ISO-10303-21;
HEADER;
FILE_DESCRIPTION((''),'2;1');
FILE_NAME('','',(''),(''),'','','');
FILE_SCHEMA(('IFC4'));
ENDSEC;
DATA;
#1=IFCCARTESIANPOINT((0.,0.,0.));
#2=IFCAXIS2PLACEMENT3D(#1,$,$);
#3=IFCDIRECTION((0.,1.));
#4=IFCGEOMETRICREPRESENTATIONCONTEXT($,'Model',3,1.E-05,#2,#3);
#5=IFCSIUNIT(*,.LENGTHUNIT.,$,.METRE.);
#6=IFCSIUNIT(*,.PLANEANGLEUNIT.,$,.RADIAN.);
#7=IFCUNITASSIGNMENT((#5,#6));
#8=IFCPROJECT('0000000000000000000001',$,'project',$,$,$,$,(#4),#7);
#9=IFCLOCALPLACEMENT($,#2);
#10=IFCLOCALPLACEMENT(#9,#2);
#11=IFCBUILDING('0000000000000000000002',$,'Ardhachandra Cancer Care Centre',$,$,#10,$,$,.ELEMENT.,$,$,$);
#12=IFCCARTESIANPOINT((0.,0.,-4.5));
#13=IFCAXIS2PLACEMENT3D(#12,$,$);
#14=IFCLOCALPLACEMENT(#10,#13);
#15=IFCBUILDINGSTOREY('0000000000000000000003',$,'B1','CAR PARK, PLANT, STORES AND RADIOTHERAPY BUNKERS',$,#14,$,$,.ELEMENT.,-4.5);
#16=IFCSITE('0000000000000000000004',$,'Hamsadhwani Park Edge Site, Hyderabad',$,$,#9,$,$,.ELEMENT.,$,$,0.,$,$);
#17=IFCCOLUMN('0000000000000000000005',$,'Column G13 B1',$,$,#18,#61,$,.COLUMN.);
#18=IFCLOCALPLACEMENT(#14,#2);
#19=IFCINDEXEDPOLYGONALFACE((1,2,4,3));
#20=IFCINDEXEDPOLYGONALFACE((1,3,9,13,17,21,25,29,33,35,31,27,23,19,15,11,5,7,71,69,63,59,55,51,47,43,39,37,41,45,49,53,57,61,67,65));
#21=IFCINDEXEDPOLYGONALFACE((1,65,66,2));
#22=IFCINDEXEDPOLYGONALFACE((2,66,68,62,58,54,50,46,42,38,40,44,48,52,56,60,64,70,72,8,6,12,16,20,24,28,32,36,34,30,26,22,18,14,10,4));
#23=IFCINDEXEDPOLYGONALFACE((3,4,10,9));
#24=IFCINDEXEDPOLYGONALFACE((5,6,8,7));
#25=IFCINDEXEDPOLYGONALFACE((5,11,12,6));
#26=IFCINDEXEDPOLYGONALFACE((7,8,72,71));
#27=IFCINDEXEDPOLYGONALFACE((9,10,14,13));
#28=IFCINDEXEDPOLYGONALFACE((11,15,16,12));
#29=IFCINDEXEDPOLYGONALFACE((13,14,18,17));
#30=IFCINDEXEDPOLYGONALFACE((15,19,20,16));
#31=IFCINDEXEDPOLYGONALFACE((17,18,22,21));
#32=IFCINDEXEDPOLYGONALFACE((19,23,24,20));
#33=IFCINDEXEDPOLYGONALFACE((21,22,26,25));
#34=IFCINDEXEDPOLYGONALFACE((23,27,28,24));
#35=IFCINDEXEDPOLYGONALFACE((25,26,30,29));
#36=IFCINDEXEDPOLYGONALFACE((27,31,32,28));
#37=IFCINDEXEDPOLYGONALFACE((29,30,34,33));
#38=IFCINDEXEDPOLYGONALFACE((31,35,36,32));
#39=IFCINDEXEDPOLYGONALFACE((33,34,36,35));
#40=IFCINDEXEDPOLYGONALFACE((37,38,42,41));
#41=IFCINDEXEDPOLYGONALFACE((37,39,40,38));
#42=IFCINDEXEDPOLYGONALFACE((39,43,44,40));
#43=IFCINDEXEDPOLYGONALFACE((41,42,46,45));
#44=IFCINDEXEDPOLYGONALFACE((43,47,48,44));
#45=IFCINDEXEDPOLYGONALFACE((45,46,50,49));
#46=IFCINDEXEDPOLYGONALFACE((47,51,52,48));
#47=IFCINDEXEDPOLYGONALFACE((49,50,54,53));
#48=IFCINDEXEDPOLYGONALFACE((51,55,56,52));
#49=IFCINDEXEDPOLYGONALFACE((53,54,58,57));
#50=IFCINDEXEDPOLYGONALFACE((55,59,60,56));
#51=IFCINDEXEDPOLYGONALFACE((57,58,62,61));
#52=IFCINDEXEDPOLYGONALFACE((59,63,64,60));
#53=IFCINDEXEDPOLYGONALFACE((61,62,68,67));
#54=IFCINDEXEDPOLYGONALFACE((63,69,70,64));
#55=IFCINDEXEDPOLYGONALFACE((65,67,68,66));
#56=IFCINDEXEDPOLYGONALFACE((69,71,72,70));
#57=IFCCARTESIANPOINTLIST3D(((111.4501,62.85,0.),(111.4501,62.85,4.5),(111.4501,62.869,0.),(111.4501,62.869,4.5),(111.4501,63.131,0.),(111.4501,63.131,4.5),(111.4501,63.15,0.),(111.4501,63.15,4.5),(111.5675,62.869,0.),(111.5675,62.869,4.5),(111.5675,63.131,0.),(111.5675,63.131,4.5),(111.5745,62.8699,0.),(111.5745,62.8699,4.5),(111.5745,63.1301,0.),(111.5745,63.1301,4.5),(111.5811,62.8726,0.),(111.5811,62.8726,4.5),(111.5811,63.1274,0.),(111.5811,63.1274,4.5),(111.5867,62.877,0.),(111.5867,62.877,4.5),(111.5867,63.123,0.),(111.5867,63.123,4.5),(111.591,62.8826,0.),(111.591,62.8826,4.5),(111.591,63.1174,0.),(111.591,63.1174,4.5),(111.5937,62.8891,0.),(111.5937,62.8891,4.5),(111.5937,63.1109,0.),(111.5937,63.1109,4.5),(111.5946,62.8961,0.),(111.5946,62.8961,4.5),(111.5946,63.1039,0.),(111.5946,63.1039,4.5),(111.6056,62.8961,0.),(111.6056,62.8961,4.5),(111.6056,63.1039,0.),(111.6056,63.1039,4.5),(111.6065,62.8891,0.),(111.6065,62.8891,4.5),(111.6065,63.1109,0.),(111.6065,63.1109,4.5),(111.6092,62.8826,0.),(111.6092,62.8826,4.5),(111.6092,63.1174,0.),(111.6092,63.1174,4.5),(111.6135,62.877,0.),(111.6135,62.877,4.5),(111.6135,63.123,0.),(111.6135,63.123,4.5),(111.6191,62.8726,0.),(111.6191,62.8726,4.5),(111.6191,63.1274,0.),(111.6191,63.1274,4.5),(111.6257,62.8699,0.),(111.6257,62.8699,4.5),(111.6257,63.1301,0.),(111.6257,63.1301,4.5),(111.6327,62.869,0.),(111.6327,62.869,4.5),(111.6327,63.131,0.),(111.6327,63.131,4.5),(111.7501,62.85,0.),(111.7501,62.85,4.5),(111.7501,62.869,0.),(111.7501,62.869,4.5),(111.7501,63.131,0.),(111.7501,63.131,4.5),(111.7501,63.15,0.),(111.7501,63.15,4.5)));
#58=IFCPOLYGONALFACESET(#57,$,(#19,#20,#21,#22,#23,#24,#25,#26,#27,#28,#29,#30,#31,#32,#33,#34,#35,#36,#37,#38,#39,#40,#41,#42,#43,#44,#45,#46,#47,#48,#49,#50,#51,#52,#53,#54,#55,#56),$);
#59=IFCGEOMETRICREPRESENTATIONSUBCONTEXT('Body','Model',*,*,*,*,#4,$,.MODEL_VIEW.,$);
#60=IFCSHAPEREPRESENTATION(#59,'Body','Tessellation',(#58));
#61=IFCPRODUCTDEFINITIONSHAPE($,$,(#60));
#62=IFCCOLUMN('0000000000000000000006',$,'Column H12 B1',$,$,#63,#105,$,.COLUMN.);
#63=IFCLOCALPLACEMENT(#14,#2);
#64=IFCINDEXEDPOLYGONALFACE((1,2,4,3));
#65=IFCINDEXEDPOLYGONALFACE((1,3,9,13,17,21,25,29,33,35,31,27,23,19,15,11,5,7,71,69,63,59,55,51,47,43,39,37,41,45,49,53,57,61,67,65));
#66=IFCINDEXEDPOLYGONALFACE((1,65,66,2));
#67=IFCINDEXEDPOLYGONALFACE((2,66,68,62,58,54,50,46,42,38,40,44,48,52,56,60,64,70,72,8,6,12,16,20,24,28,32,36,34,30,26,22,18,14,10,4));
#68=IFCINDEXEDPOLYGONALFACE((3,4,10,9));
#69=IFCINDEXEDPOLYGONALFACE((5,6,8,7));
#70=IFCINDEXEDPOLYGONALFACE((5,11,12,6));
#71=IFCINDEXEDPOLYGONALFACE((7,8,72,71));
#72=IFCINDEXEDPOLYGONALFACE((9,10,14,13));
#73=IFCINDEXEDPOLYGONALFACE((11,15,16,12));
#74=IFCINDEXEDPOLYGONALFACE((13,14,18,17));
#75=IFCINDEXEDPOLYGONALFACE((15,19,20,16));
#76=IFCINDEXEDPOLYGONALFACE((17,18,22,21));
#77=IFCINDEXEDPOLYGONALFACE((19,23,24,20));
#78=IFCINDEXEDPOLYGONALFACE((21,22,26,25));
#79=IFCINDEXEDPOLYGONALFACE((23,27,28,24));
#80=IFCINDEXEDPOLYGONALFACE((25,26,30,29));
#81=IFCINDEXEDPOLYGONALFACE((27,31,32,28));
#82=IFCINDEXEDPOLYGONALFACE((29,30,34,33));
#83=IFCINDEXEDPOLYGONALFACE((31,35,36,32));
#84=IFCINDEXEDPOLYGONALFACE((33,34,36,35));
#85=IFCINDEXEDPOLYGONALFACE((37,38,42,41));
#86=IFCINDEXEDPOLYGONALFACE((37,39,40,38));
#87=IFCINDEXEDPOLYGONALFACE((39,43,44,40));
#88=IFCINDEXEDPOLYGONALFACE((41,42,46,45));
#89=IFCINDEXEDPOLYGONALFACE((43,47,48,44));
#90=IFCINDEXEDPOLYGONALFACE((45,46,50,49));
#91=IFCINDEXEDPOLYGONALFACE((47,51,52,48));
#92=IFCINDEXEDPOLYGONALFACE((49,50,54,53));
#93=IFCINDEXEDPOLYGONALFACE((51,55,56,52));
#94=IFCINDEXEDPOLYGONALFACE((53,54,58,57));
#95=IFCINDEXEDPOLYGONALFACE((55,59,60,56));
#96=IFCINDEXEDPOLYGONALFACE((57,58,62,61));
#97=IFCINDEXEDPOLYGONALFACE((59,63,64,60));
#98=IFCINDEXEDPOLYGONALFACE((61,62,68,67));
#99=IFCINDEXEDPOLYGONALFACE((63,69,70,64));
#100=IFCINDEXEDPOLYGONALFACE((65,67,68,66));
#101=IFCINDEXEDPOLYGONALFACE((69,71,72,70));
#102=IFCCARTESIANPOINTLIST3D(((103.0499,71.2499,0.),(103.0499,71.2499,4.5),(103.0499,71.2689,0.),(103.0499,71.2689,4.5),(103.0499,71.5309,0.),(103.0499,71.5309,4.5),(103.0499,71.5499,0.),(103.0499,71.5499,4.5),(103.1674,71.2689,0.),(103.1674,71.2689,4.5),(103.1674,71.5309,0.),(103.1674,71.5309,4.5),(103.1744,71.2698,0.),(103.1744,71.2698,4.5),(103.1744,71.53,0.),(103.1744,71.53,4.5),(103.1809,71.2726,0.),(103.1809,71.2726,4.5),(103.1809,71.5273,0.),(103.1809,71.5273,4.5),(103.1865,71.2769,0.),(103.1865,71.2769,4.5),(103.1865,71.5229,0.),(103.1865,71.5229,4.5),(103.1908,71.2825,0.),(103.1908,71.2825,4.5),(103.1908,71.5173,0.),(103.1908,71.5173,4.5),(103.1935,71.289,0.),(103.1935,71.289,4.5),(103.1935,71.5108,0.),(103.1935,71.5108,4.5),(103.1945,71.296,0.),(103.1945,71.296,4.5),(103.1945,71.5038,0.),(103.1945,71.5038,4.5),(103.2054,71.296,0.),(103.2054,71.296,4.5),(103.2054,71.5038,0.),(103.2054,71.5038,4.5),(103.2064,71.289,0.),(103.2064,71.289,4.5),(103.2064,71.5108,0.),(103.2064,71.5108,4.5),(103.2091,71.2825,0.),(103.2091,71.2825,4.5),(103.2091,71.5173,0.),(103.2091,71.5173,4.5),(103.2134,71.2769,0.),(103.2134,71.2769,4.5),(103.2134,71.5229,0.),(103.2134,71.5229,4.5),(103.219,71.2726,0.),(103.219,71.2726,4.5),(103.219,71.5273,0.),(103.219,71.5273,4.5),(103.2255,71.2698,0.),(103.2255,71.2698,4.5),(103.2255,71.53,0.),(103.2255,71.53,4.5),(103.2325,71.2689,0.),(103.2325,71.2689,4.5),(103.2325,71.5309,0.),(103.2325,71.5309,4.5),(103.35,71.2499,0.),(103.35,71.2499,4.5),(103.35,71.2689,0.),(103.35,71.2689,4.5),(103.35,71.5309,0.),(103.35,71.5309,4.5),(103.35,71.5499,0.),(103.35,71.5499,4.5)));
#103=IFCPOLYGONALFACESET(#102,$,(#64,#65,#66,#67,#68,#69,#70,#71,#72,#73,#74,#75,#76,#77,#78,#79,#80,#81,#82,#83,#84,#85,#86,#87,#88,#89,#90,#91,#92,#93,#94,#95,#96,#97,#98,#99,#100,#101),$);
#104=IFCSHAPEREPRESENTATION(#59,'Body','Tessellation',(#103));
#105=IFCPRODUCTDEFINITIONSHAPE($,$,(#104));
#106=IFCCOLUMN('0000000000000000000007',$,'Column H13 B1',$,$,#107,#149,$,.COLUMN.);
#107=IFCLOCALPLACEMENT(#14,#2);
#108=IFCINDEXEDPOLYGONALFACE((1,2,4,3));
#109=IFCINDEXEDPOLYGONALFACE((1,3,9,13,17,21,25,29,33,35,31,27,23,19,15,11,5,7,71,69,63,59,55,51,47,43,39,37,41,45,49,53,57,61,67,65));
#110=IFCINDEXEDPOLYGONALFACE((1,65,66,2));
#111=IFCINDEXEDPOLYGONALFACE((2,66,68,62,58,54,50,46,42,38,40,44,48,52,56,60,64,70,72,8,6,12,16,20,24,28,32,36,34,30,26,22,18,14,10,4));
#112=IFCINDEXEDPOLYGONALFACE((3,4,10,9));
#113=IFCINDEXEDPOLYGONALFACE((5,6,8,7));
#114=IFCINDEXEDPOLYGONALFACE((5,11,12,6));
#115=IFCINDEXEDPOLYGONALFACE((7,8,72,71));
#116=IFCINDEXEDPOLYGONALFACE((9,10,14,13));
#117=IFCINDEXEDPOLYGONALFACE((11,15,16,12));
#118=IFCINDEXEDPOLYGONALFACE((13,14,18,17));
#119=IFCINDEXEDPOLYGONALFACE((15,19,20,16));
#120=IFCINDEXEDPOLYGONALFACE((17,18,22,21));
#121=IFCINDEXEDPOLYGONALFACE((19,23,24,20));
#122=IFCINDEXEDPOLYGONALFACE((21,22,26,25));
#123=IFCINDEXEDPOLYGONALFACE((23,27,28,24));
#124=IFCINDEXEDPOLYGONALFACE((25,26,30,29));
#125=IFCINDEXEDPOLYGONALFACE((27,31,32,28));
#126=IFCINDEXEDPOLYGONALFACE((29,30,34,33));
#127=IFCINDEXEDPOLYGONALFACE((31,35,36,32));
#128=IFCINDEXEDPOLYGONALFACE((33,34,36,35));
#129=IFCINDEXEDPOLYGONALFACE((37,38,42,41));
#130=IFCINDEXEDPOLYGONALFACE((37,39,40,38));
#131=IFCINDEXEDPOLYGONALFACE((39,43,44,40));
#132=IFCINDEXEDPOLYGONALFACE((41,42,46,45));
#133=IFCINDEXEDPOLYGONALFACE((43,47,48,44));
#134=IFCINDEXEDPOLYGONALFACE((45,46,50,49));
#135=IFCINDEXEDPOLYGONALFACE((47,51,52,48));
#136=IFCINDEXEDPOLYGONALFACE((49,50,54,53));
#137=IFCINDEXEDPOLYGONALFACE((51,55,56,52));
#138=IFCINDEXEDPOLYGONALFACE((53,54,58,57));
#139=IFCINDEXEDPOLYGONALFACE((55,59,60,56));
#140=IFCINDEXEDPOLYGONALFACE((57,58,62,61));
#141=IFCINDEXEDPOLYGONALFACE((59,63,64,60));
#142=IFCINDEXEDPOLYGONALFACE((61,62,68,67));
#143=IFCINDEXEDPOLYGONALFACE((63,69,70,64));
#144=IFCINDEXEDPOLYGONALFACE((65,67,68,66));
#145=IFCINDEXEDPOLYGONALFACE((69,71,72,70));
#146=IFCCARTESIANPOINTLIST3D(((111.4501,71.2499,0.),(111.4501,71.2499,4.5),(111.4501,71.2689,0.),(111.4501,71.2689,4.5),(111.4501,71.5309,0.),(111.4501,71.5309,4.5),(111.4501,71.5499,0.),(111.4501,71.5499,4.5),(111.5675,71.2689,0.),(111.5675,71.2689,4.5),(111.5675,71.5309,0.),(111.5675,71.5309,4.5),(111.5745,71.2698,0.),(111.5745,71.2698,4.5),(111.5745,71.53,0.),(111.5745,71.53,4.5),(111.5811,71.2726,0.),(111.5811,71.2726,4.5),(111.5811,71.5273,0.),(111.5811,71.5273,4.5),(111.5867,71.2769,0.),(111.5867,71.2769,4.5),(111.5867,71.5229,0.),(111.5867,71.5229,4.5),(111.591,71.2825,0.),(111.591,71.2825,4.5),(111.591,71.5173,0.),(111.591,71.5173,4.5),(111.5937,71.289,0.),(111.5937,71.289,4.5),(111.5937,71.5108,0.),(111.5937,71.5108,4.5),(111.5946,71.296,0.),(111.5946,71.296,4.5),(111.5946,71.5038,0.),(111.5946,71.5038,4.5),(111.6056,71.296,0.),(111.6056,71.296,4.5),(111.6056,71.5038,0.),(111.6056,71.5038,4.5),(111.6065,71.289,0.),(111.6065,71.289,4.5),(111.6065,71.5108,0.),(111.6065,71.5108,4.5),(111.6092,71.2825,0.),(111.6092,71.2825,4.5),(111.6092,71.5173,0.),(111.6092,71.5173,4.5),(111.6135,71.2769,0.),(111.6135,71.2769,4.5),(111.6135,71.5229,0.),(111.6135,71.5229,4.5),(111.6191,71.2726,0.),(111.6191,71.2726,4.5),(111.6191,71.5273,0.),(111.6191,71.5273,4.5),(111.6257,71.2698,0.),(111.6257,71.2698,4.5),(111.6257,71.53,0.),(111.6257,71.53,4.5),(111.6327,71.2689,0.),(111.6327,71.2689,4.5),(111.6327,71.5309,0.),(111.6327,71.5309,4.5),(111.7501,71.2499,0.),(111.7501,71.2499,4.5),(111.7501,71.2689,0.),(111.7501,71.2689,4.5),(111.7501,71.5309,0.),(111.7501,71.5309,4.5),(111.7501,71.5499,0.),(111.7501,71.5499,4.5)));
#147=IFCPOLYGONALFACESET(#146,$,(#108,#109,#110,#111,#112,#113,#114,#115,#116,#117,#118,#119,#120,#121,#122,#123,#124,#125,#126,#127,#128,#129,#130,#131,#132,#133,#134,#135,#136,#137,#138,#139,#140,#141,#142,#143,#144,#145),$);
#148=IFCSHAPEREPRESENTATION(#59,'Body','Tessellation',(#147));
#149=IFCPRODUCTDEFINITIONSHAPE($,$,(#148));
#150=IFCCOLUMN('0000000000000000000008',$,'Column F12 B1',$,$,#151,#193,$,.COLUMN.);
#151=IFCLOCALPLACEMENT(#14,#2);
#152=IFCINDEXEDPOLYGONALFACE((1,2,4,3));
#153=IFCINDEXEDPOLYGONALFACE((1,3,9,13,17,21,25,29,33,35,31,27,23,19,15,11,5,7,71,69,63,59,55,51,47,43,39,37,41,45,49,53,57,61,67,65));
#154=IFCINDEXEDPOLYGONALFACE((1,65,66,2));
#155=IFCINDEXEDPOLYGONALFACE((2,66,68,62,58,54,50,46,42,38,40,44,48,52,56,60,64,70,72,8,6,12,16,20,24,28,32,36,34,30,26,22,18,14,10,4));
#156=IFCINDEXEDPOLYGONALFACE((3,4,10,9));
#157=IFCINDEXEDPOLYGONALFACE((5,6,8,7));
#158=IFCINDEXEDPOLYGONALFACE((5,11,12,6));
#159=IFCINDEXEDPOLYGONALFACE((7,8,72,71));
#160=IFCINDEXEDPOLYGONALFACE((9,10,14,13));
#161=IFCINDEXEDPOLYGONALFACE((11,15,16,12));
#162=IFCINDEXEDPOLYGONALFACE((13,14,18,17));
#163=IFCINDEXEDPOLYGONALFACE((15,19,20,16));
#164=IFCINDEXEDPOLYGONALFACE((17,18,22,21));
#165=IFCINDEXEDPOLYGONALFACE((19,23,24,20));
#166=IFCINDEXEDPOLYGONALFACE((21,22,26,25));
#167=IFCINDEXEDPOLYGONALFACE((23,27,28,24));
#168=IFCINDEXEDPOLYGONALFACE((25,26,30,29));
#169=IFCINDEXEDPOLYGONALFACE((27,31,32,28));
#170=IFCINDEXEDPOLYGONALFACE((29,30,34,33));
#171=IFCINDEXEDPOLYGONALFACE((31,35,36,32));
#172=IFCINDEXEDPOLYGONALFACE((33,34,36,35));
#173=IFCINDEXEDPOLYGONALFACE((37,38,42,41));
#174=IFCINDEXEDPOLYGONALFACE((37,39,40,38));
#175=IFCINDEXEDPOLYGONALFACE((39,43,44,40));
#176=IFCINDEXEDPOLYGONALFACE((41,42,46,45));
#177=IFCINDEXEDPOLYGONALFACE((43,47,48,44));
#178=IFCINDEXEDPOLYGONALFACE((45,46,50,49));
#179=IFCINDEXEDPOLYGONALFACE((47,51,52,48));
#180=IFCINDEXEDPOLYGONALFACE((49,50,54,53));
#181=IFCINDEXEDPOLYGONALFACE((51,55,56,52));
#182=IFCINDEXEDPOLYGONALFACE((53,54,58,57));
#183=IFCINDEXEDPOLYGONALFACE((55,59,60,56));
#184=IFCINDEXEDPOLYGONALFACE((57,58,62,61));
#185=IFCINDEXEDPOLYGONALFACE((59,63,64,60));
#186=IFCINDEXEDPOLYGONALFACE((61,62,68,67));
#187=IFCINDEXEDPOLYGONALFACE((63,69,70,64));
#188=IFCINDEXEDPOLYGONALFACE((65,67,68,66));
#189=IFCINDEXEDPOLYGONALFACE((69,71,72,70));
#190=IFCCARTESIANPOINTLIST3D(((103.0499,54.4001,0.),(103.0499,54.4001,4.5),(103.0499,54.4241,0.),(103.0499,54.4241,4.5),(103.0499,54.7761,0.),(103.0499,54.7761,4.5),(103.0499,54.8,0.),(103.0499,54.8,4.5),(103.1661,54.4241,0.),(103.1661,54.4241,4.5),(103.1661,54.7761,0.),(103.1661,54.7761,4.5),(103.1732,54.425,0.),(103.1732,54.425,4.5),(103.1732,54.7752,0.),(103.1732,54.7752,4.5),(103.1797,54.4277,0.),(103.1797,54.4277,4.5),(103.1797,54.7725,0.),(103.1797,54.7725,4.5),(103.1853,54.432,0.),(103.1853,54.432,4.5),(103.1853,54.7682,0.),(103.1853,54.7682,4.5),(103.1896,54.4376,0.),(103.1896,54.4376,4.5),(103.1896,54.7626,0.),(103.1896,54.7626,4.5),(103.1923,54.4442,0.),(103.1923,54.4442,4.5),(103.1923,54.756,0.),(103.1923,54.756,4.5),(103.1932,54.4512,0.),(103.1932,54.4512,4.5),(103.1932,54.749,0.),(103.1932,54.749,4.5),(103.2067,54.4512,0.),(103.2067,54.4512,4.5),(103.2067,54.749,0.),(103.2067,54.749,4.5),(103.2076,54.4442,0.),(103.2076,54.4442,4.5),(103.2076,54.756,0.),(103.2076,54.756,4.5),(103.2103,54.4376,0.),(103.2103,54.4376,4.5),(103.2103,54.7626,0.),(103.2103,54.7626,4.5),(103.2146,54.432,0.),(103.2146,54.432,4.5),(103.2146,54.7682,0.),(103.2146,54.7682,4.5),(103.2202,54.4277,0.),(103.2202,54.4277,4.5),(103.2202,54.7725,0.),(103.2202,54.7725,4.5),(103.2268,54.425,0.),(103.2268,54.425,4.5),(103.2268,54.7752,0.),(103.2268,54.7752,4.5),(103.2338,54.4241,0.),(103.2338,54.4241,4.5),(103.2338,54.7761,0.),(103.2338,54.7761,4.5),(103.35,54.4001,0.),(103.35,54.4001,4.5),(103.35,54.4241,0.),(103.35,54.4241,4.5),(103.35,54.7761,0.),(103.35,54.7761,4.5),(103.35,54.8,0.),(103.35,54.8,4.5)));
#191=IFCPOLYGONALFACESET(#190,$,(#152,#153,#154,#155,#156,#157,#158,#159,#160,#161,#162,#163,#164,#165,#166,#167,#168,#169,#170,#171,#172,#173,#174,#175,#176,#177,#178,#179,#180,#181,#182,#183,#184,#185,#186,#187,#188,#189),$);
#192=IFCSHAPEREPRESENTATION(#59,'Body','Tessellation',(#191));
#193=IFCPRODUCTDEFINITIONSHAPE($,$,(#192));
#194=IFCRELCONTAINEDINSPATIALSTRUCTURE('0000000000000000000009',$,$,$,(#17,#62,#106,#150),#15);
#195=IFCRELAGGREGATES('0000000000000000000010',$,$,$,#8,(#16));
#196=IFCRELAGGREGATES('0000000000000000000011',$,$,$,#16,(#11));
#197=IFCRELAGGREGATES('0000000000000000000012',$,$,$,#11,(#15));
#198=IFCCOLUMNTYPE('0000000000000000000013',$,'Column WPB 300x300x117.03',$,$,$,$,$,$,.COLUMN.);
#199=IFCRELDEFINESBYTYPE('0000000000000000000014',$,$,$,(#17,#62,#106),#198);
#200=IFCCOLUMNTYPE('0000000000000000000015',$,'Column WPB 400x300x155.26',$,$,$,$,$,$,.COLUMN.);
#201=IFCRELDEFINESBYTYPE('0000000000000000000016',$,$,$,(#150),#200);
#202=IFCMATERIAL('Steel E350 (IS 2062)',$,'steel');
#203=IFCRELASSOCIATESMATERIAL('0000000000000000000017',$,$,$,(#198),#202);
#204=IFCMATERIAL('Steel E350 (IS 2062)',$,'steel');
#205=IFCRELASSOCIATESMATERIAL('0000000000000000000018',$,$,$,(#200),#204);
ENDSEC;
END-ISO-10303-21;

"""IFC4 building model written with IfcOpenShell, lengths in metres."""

from ifc_helpers import new_model, si_unit, direction, frame, origin, origin_2d, place, context, subcontext, project, spatial, i_section, extrude, material, material_profile, profile_set, type_object, element, save


model = new_model("IFC4")

# Units and contexts
model_context = context("Model", 3, precision=1e-05, world=origin(), true_north=direction((0.0, 1.0)))
body_context = subcontext(model_context, "Body", "Model", "MODEL_VIEW")
ifc_project = project(units=[si_unit("LENGTHUNIT", "METRE"), si_unit("PLANEANGLEUNIT", "RADIAN")], contexts=[model_context])

# Site, building, storey
site_placement = place(None, origin())
site = spatial("IfcSite", under=ifc_project, at=site_placement, Name="Hamsadhwani Park Edge Site, Hyderabad", CompositionType="ELEMENT", RefElevation=0.0)
building_placement = place(site_placement, origin())
building = spatial("IfcBuilding", under=site, at=building_placement, Name="Ardhachandra Cancer Care Centre", CompositionType="ELEMENT")
storey_placement = place(building_placement, frame((0.0, 0.0, -4.5)))
storey = spatial("IfcBuildingStorey", under=building, at=storey_placement, Name="B1", Description="CAR PARK, PLANT, STORES AND RADIOTHERAPY BUNKERS", CompositionType="ELEMENT", Elevation=-4.5)

# Columns
ifc_material_1 = material(Name="Steel E350 (IS 2062)", Category="steel")
ifc_material_profile_1 = material_profile(ifc_material_1, i_section(OverallWidth=0.3, OverallDepth=0.3, WebThickness=0.011, FlangeThickness=0.019, FilletRadius=0.0271, at=origin_2d()), Name="WPB 300x300x117.03")
ifc_profile_set_1 = profile_set([ifc_material_profile_1], Name="Steel E350 (IS 2062)")
column_type_1 = type_object("IfcColumnType", Name="Column WPB 300x300x117.03", PredefinedType="COLUMN", material=ifc_profile_set_1)
for number, where, z_axis, x_axis, name in (
    (1, (111.6001, 63.0, 0.0), (0.0, 0.0, 1.0), (1.0, 0.0, 0.0), "Column G13 B1"),
    (2, (103.2, 71.3999, 0.0), (0.0, 0.0, 1.0), (1.0, 0.0, 0.0), "Column H12 B1"),
    (3, (111.6001, 71.3999, 0.0), (0.0, 0.0, 1.0), (1.0, 0.0, 0.0), "Column H13 B1"),
):
    element("IfcColumn", number, at=place(storey_placement, frame(where, z_axis=z_axis, x_axis=x_axis)), inside=storey, type_object=column_type_1, Name=name, PredefinedType="COLUMN", context=body_context, shape_type="SweptSolid", body=[
        extrude(i_section(OverallWidth=0.3, OverallDepth=0.3, WebThickness=0.011, FlangeThickness=0.019, FilletRadius=0.0271, at=origin_2d()), origin(), (0.0, 0.0, 1.0), 4.5),
    ])
ifc_material_2 = material(Name="Steel E350 (IS 2062)", Category="steel")
ifc_material_profile_2 = material_profile(ifc_material_2, i_section(OverallWidth=0.3, OverallDepth=0.3999, WebThickness=0.0134, FlangeThickness=0.0239, FilletRadius=0.0271, at=origin_2d()), Name="WPB 400x300x155.26")
ifc_profile_set_2 = profile_set([ifc_material_profile_2], Name="Steel E350 (IS 2062)")
column_type_2 = type_object("IfcColumnType", Name="Column WPB 400x300x155.26", PredefinedType="COLUMN", material=ifc_profile_set_2)
for number, where, z_axis, x_axis, name in (
    (4, (103.2, 54.6001, 0.0), (0.0, 0.0, 1.0), (1.0, 0.0, 0.0), "Column F12 B1"),
):
    element("IfcColumn", number, at=place(storey_placement, frame(where, z_axis=z_axis, x_axis=x_axis)), inside=storey, type_object=column_type_2, Name=name, PredefinedType="COLUMN", context=body_context, shape_type="SweptSolid", body=[
        extrude(i_section(OverallWidth=0.3, OverallDepth=0.3999, WebThickness=0.0134, FlangeThickness=0.0239, FilletRadius=0.0271, at=origin_2d()), origin(), (0.0, 0.0, 1.0), 4.5),
    ])

save(model, "model.ifc")
